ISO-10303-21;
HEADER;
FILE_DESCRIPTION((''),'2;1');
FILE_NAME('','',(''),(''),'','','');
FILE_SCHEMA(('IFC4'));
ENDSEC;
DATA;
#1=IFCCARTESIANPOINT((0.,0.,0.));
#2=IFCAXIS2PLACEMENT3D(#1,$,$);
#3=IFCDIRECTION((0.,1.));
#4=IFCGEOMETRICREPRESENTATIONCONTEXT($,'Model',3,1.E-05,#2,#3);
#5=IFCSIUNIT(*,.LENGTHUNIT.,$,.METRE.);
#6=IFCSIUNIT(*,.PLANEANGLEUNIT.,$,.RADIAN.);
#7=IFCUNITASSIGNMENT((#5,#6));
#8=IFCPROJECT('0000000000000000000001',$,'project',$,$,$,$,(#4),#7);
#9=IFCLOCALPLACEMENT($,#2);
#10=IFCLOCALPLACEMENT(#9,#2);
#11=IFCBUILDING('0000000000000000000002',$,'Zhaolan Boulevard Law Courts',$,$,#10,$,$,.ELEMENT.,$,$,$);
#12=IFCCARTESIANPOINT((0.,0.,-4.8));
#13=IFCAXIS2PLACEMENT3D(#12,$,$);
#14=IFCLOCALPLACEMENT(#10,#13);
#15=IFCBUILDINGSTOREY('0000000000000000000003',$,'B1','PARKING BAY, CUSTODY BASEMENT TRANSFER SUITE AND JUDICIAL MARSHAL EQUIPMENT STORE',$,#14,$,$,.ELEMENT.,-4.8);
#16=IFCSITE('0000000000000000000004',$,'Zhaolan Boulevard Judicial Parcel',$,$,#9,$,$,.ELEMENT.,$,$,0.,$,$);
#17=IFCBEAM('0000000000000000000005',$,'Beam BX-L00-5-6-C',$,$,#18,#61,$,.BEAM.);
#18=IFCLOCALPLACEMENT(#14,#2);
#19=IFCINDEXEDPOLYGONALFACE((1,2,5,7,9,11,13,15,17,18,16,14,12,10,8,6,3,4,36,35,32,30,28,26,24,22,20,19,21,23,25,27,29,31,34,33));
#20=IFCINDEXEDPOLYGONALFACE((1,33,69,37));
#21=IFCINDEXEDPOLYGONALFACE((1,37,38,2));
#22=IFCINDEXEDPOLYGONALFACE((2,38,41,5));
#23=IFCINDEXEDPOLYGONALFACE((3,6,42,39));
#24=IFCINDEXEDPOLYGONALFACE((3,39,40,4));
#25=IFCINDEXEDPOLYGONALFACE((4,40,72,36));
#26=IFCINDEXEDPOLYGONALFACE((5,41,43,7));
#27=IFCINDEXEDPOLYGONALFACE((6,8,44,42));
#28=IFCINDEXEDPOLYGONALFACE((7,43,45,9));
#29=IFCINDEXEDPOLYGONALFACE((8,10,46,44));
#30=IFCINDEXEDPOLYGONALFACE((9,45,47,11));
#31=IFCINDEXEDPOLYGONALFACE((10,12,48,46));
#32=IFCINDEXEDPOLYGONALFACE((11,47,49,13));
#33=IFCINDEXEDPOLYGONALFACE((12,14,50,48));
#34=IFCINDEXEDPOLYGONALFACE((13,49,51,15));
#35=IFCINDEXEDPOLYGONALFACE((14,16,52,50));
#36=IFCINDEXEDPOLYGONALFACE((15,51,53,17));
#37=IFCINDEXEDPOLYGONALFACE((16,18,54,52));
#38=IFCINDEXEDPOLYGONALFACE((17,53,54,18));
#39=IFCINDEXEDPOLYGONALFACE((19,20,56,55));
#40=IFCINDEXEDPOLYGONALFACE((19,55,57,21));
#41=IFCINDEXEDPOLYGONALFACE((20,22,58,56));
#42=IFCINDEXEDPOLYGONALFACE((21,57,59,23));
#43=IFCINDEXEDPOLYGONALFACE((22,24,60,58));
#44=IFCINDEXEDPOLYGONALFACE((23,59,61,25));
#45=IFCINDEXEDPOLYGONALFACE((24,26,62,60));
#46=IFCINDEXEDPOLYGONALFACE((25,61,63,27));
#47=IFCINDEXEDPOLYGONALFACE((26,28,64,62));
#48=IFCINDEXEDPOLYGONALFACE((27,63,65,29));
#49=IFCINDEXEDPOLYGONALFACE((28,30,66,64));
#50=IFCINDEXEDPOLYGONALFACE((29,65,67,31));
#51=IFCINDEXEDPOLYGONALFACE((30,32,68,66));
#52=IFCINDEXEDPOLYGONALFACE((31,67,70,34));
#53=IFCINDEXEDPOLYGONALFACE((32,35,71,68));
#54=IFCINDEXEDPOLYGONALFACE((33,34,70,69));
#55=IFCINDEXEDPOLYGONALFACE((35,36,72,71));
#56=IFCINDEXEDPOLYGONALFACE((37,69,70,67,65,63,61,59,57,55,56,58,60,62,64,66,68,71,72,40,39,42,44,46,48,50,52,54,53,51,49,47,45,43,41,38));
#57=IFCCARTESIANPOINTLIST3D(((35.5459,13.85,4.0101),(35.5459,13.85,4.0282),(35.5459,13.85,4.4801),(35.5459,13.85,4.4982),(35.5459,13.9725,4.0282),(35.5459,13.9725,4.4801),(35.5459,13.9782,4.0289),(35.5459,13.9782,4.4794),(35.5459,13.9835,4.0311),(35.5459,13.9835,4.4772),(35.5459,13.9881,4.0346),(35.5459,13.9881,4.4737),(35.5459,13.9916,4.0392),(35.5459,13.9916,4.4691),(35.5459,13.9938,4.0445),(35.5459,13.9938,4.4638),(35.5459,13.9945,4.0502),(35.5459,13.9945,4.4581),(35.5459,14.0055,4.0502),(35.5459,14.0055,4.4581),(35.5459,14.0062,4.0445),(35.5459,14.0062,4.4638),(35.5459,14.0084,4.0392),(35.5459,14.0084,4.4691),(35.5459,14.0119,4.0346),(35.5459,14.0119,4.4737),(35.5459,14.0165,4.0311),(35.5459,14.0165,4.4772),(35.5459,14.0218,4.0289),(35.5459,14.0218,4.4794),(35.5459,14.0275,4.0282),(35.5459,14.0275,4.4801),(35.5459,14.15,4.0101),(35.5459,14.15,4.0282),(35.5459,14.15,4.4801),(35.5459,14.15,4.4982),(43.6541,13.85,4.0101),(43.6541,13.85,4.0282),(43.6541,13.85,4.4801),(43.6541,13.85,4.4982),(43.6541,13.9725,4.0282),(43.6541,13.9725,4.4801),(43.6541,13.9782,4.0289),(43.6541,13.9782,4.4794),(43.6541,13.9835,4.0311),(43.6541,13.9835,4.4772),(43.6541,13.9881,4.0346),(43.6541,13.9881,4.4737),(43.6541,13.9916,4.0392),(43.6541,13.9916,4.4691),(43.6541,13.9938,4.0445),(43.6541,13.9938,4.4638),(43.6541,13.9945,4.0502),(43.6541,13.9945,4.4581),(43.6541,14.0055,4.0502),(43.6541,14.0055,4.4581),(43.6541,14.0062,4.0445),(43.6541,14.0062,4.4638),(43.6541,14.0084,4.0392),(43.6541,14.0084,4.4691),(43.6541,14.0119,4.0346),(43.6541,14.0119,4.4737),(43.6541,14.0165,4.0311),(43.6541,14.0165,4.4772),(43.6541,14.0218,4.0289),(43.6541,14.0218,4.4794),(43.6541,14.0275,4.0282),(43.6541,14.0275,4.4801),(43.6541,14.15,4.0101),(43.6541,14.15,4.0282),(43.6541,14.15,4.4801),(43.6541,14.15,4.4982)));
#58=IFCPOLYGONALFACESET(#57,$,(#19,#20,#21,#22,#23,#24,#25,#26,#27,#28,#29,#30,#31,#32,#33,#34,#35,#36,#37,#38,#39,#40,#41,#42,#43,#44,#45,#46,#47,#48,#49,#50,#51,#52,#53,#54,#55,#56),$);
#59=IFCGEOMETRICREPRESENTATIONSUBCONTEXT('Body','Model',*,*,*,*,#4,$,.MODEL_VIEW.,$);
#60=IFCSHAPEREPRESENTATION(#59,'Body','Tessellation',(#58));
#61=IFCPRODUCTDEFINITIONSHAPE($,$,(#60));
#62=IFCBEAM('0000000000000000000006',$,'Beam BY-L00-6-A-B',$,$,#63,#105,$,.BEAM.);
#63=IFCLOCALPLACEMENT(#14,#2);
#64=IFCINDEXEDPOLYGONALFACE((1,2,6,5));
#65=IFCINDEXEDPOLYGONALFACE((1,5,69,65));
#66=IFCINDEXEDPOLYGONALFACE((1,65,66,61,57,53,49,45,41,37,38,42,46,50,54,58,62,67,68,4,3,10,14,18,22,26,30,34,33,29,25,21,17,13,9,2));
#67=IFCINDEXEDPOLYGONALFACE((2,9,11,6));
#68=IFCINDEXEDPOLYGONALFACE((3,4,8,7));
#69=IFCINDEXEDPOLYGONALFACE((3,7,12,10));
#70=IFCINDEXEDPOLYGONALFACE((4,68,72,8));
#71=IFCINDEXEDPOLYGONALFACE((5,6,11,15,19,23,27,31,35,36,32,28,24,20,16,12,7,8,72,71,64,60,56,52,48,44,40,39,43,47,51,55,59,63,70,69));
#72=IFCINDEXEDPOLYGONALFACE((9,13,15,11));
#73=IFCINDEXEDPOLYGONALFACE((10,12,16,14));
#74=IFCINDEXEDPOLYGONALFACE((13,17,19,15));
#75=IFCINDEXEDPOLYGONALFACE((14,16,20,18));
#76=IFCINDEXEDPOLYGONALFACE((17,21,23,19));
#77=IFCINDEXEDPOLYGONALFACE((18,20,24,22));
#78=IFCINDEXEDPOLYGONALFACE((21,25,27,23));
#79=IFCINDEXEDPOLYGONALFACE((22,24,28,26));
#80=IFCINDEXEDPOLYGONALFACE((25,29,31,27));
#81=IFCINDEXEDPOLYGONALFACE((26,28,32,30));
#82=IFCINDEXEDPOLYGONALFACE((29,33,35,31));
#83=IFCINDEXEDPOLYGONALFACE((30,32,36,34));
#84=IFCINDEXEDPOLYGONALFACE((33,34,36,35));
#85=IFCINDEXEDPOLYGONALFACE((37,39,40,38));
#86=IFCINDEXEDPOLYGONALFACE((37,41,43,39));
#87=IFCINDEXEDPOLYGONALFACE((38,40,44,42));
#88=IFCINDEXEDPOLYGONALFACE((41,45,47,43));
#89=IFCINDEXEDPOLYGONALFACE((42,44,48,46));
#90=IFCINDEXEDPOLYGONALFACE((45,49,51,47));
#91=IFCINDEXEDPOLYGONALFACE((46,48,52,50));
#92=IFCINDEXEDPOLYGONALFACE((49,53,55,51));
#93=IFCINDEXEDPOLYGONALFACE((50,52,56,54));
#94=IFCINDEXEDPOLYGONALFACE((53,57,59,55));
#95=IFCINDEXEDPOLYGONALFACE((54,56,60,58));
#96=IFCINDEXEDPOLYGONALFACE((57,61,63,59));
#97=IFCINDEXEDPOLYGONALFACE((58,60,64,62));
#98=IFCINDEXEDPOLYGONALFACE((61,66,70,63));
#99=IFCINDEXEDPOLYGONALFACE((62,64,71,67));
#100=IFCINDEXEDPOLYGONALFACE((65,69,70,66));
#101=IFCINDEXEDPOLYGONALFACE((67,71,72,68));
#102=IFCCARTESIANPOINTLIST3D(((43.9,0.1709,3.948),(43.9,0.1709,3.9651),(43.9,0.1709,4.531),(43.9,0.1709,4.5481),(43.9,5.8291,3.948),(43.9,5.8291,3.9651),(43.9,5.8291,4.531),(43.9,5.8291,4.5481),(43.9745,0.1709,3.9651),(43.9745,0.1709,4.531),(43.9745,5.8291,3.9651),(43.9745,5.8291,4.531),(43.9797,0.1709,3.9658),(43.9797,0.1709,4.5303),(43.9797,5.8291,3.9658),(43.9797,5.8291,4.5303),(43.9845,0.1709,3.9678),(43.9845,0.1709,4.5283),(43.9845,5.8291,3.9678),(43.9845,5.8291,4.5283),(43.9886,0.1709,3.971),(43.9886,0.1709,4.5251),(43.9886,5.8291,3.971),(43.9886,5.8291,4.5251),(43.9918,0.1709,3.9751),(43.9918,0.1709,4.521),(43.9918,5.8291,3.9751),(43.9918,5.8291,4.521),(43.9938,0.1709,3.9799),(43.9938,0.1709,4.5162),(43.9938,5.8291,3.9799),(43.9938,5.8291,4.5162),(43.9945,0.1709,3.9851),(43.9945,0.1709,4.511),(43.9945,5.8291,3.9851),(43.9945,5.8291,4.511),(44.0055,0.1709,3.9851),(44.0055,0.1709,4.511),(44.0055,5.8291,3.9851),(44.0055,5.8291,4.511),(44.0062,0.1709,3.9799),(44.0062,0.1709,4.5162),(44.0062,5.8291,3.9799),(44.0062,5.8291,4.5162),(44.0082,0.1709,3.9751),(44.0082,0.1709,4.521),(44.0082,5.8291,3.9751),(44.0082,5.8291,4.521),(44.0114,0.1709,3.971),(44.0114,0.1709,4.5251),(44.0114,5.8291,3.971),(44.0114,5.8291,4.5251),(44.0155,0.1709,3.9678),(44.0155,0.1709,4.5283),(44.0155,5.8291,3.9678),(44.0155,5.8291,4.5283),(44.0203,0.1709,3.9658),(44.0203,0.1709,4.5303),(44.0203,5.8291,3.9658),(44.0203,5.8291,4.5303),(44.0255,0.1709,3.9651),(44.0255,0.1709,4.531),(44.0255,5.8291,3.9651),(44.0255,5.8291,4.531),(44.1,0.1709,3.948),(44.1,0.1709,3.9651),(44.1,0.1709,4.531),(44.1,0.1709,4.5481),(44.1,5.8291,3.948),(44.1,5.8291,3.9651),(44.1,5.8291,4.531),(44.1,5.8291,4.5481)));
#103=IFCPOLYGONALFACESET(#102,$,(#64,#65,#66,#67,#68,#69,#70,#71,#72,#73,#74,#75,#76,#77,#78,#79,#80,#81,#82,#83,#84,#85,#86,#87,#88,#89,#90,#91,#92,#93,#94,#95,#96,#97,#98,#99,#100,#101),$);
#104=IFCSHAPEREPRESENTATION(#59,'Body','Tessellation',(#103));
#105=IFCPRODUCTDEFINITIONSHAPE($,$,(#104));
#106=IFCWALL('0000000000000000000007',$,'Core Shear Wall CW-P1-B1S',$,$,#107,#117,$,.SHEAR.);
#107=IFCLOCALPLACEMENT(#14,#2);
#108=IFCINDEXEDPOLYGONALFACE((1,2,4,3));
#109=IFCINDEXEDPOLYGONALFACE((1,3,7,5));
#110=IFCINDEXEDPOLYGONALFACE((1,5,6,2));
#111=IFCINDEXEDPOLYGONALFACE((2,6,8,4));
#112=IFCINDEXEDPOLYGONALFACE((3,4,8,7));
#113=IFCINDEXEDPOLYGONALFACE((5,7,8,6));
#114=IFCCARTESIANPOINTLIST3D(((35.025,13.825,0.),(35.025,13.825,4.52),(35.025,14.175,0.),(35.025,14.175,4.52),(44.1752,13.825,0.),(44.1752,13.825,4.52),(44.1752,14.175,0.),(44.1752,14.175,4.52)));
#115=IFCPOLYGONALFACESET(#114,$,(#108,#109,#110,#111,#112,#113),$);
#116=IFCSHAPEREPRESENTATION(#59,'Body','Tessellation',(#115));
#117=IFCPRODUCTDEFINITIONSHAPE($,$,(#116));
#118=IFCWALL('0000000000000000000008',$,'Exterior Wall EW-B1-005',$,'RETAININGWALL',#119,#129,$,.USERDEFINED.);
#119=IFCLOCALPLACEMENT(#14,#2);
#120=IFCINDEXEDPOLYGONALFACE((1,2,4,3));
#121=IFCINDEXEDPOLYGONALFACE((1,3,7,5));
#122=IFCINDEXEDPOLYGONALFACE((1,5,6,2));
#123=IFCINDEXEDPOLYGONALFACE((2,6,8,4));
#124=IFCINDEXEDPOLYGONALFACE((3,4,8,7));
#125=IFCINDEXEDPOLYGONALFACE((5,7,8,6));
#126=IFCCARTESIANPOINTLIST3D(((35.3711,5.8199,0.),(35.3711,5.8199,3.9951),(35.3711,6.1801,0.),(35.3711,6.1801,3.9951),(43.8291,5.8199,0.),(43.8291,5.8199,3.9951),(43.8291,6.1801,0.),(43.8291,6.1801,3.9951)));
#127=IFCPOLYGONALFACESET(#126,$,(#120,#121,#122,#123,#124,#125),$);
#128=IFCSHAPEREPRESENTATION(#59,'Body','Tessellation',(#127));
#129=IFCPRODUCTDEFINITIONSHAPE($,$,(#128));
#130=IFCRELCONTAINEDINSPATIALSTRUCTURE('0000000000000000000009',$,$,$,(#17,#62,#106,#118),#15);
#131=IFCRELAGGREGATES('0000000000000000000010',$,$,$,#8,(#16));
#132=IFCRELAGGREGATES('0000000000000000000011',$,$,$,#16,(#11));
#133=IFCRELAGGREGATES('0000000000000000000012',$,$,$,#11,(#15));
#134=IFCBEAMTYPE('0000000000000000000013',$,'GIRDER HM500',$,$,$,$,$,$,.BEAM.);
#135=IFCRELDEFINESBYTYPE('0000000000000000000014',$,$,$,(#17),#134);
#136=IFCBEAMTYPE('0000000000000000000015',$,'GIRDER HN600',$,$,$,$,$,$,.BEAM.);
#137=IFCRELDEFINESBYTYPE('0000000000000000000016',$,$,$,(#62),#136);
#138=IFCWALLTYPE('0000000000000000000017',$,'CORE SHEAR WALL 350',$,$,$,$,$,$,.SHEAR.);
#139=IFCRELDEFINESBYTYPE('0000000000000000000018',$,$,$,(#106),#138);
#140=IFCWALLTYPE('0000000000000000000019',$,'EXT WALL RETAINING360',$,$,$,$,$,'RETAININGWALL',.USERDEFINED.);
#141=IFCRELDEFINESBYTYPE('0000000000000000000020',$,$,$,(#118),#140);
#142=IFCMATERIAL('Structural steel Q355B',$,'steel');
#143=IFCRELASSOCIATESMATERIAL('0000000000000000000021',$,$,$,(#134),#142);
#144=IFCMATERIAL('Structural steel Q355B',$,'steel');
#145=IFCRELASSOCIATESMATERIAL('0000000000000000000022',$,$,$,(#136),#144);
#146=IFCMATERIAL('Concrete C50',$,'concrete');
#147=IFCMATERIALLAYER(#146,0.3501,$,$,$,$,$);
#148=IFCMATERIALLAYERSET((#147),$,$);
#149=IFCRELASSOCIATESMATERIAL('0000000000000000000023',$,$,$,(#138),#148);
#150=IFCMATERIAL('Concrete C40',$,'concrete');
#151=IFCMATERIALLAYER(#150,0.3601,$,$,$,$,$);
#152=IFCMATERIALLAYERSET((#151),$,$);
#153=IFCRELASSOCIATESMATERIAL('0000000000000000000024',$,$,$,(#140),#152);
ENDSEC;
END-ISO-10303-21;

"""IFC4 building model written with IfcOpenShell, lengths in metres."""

from ifc_helpers import new_model, si_unit, direction, frame, frame_2d, origin, origin_2d, place, context, subcontext, project, spatial, rectangle, i_section, extrude, material, layer, layer_set, material_profile, profile_set, type_object, element, save


model = new_model("IFC4")

# Units and contexts
model_context = context("Model", 3, precision=1e-05, world=origin(), true_north=direction((0.0, 1.0)))
body_context = subcontext(model_context, "Body", "Model", "MODEL_VIEW")
ifc_project = project(units=[si_unit("LENGTHUNIT", "METRE"), si_unit("PLANEANGLEUNIT", "RADIAN")], contexts=[model_context])

# Site, building, storey
site_placement = place(None, origin())
site = spatial("IfcSite", under=ifc_project, at=site_placement, Name="Zhaolan Boulevard Judicial Parcel", CompositionType="ELEMENT", RefElevation=0.0)
building_placement = place(site_placement, origin())
building = spatial("IfcBuilding", under=site, at=building_placement, Name="Zhaolan Boulevard Law Courts", CompositionType="ELEMENT")
storey_placement = place(building_placement, frame((0.0, 0.0, -4.8)))
storey = spatial("IfcBuildingStorey", under=building, at=storey_placement, Name="B1", Description="PARKING BAY, CUSTODY BASEMENT TRANSFER SUITE AND JUDICIAL MARSHAL EQUIPMENT STORE", CompositionType="ELEMENT", Elevation=-4.8)

# Beams
ifc_material_1 = material(Name="Structural steel Q355B", Category="steel")
ifc_material_profile_1 = material_profile(ifc_material_1, i_section(OverallWidth=0.3, OverallDepth=0.488, WebThickness=0.011, FlangeThickness=0.0181, FilletRadius=0.022, at=origin_2d()), Name="HM488x300")
ifc_profile_set_1 = profile_set([ifc_material_profile_1], Name="Structural steel Q355B")
beam_type_1 = type_object("IfcBeamType", Name="GIRDER HM500", PredefinedType="BEAM", material=ifc_profile_set_1)
beam_1_placement = place(storey_placement, frame((35.5459, 14.0, 4.2542), z_axis=(1.0, 0.0, 0.0), x_axis=(0.0, 1.0, 0.0)))
element("IfcBeam", 1, at=beam_1_placement, inside=storey, type_object=beam_type_1, Name="Beam BX-L00-5-6-C", PredefinedType="BEAM", context=body_context, shape_type="SweptSolid", body=[
    extrude(i_section(OverallWidth=0.3, OverallDepth=0.488, WebThickness=0.011, FlangeThickness=0.0181, FilletRadius=0.022, at=origin_2d()), origin(), (0.0, 0.0, 1.0), 8.1082),
])
ifc_material_2 = material(Name="Structural steel Q355B", Category="steel")
ifc_material_profile_2 = material_profile(ifc_material_2, i_section(OverallWidth=0.2, OverallDepth=0.6001, WebThickness=0.011, FlangeThickness=0.0171, FilletRadius=0.02, at=origin_2d()), Name="HN600x200")
ifc_profile_set_2 = profile_set([ifc_material_profile_2], Name="Structural steel Q355B")
beam_type_2 = type_object("IfcBeamType", Name="GIRDER HN600", PredefinedType="BEAM", material=ifc_profile_set_2)
beam_2_placement = place(storey_placement, frame((44.0, 0.1709, 4.248), z_axis=(0.0, 1.0, 0.0), x_axis=(-1.0, 0.0, 0.0)))
element("IfcBeam", 2, at=beam_2_placement, inside=storey, type_object=beam_type_2, Name="Beam BY-L00-6-A-B", PredefinedType="BEAM", context=body_context, shape_type="SweptSolid", body=[
    extrude(i_section(OverallWidth=0.2, OverallDepth=0.6001, WebThickness=0.011, FlangeThickness=0.0171, FilletRadius=0.02, at=origin_2d()), origin(), (0.0, 0.0, 1.0), 5.6582),
])

# Walls
ifc_material_3 = material(Name="Concrete C50", Category="concrete")
ifc_layer_1 = layer(ifc_material_3, 0.3501)
ifc_layer_set_1 = layer_set([ifc_layer_1])
wall_type_1 = type_object("IfcWallType", Name="CORE SHEAR WALL 350", PredefinedType="SHEAR", material=ifc_layer_set_1)
wall_1_placement = place(storey_placement, frame((35.0249, 14.0, 0.0), z_axis=(0.0, 0.0, 1.0), x_axis=(1.0, 0.0, 0.0)))
element("IfcWall", 3, at=wall_1_placement, inside=storey, type_object=wall_type_1, Name="Core Shear Wall CW-P1-B1S", PredefinedType="SHEAR", context=body_context, shape_type="SweptSolid", body=[
    extrude(rectangle(XDim=9.1501, YDim=0.3501, at=frame_2d((4.5752, 0.0))), origin(), (0.0, 0.0, 1.0), 4.52),
])
ifc_material_4 = material(Name="Concrete C40", Category="concrete")
ifc_layer_2 = layer(ifc_material_4, 0.3601)
ifc_layer_set_2 = layer_set([ifc_layer_2])
wall_type_2 = type_object("IfcWallType", Name="EXT WALL RETAINING360", ElementType="RETAININGWALL", PredefinedType="USERDEFINED", material=ifc_layer_set_2)
wall_2_placement = place(storey_placement, frame((35.3711, 6.0, 0.0), z_axis=(0.0, 0.0, 1.0), x_axis=(1.0, 0.0, 0.0)))
element("IfcWall", 4, at=wall_2_placement, inside=storey, type_object=wall_type_2, Name="Exterior Wall EW-B1-005", ObjectType="RETAININGWALL", PredefinedType="USERDEFINED", context=body_context, shape_type="SweptSolid", body=[
    extrude(rectangle(XDim=8.458, YDim=0.3601, at=frame_2d((4.229, 0.0))), origin(), (0.0, 0.0, 1.0), 3.9951),
])

save(model, "model.ifc")
